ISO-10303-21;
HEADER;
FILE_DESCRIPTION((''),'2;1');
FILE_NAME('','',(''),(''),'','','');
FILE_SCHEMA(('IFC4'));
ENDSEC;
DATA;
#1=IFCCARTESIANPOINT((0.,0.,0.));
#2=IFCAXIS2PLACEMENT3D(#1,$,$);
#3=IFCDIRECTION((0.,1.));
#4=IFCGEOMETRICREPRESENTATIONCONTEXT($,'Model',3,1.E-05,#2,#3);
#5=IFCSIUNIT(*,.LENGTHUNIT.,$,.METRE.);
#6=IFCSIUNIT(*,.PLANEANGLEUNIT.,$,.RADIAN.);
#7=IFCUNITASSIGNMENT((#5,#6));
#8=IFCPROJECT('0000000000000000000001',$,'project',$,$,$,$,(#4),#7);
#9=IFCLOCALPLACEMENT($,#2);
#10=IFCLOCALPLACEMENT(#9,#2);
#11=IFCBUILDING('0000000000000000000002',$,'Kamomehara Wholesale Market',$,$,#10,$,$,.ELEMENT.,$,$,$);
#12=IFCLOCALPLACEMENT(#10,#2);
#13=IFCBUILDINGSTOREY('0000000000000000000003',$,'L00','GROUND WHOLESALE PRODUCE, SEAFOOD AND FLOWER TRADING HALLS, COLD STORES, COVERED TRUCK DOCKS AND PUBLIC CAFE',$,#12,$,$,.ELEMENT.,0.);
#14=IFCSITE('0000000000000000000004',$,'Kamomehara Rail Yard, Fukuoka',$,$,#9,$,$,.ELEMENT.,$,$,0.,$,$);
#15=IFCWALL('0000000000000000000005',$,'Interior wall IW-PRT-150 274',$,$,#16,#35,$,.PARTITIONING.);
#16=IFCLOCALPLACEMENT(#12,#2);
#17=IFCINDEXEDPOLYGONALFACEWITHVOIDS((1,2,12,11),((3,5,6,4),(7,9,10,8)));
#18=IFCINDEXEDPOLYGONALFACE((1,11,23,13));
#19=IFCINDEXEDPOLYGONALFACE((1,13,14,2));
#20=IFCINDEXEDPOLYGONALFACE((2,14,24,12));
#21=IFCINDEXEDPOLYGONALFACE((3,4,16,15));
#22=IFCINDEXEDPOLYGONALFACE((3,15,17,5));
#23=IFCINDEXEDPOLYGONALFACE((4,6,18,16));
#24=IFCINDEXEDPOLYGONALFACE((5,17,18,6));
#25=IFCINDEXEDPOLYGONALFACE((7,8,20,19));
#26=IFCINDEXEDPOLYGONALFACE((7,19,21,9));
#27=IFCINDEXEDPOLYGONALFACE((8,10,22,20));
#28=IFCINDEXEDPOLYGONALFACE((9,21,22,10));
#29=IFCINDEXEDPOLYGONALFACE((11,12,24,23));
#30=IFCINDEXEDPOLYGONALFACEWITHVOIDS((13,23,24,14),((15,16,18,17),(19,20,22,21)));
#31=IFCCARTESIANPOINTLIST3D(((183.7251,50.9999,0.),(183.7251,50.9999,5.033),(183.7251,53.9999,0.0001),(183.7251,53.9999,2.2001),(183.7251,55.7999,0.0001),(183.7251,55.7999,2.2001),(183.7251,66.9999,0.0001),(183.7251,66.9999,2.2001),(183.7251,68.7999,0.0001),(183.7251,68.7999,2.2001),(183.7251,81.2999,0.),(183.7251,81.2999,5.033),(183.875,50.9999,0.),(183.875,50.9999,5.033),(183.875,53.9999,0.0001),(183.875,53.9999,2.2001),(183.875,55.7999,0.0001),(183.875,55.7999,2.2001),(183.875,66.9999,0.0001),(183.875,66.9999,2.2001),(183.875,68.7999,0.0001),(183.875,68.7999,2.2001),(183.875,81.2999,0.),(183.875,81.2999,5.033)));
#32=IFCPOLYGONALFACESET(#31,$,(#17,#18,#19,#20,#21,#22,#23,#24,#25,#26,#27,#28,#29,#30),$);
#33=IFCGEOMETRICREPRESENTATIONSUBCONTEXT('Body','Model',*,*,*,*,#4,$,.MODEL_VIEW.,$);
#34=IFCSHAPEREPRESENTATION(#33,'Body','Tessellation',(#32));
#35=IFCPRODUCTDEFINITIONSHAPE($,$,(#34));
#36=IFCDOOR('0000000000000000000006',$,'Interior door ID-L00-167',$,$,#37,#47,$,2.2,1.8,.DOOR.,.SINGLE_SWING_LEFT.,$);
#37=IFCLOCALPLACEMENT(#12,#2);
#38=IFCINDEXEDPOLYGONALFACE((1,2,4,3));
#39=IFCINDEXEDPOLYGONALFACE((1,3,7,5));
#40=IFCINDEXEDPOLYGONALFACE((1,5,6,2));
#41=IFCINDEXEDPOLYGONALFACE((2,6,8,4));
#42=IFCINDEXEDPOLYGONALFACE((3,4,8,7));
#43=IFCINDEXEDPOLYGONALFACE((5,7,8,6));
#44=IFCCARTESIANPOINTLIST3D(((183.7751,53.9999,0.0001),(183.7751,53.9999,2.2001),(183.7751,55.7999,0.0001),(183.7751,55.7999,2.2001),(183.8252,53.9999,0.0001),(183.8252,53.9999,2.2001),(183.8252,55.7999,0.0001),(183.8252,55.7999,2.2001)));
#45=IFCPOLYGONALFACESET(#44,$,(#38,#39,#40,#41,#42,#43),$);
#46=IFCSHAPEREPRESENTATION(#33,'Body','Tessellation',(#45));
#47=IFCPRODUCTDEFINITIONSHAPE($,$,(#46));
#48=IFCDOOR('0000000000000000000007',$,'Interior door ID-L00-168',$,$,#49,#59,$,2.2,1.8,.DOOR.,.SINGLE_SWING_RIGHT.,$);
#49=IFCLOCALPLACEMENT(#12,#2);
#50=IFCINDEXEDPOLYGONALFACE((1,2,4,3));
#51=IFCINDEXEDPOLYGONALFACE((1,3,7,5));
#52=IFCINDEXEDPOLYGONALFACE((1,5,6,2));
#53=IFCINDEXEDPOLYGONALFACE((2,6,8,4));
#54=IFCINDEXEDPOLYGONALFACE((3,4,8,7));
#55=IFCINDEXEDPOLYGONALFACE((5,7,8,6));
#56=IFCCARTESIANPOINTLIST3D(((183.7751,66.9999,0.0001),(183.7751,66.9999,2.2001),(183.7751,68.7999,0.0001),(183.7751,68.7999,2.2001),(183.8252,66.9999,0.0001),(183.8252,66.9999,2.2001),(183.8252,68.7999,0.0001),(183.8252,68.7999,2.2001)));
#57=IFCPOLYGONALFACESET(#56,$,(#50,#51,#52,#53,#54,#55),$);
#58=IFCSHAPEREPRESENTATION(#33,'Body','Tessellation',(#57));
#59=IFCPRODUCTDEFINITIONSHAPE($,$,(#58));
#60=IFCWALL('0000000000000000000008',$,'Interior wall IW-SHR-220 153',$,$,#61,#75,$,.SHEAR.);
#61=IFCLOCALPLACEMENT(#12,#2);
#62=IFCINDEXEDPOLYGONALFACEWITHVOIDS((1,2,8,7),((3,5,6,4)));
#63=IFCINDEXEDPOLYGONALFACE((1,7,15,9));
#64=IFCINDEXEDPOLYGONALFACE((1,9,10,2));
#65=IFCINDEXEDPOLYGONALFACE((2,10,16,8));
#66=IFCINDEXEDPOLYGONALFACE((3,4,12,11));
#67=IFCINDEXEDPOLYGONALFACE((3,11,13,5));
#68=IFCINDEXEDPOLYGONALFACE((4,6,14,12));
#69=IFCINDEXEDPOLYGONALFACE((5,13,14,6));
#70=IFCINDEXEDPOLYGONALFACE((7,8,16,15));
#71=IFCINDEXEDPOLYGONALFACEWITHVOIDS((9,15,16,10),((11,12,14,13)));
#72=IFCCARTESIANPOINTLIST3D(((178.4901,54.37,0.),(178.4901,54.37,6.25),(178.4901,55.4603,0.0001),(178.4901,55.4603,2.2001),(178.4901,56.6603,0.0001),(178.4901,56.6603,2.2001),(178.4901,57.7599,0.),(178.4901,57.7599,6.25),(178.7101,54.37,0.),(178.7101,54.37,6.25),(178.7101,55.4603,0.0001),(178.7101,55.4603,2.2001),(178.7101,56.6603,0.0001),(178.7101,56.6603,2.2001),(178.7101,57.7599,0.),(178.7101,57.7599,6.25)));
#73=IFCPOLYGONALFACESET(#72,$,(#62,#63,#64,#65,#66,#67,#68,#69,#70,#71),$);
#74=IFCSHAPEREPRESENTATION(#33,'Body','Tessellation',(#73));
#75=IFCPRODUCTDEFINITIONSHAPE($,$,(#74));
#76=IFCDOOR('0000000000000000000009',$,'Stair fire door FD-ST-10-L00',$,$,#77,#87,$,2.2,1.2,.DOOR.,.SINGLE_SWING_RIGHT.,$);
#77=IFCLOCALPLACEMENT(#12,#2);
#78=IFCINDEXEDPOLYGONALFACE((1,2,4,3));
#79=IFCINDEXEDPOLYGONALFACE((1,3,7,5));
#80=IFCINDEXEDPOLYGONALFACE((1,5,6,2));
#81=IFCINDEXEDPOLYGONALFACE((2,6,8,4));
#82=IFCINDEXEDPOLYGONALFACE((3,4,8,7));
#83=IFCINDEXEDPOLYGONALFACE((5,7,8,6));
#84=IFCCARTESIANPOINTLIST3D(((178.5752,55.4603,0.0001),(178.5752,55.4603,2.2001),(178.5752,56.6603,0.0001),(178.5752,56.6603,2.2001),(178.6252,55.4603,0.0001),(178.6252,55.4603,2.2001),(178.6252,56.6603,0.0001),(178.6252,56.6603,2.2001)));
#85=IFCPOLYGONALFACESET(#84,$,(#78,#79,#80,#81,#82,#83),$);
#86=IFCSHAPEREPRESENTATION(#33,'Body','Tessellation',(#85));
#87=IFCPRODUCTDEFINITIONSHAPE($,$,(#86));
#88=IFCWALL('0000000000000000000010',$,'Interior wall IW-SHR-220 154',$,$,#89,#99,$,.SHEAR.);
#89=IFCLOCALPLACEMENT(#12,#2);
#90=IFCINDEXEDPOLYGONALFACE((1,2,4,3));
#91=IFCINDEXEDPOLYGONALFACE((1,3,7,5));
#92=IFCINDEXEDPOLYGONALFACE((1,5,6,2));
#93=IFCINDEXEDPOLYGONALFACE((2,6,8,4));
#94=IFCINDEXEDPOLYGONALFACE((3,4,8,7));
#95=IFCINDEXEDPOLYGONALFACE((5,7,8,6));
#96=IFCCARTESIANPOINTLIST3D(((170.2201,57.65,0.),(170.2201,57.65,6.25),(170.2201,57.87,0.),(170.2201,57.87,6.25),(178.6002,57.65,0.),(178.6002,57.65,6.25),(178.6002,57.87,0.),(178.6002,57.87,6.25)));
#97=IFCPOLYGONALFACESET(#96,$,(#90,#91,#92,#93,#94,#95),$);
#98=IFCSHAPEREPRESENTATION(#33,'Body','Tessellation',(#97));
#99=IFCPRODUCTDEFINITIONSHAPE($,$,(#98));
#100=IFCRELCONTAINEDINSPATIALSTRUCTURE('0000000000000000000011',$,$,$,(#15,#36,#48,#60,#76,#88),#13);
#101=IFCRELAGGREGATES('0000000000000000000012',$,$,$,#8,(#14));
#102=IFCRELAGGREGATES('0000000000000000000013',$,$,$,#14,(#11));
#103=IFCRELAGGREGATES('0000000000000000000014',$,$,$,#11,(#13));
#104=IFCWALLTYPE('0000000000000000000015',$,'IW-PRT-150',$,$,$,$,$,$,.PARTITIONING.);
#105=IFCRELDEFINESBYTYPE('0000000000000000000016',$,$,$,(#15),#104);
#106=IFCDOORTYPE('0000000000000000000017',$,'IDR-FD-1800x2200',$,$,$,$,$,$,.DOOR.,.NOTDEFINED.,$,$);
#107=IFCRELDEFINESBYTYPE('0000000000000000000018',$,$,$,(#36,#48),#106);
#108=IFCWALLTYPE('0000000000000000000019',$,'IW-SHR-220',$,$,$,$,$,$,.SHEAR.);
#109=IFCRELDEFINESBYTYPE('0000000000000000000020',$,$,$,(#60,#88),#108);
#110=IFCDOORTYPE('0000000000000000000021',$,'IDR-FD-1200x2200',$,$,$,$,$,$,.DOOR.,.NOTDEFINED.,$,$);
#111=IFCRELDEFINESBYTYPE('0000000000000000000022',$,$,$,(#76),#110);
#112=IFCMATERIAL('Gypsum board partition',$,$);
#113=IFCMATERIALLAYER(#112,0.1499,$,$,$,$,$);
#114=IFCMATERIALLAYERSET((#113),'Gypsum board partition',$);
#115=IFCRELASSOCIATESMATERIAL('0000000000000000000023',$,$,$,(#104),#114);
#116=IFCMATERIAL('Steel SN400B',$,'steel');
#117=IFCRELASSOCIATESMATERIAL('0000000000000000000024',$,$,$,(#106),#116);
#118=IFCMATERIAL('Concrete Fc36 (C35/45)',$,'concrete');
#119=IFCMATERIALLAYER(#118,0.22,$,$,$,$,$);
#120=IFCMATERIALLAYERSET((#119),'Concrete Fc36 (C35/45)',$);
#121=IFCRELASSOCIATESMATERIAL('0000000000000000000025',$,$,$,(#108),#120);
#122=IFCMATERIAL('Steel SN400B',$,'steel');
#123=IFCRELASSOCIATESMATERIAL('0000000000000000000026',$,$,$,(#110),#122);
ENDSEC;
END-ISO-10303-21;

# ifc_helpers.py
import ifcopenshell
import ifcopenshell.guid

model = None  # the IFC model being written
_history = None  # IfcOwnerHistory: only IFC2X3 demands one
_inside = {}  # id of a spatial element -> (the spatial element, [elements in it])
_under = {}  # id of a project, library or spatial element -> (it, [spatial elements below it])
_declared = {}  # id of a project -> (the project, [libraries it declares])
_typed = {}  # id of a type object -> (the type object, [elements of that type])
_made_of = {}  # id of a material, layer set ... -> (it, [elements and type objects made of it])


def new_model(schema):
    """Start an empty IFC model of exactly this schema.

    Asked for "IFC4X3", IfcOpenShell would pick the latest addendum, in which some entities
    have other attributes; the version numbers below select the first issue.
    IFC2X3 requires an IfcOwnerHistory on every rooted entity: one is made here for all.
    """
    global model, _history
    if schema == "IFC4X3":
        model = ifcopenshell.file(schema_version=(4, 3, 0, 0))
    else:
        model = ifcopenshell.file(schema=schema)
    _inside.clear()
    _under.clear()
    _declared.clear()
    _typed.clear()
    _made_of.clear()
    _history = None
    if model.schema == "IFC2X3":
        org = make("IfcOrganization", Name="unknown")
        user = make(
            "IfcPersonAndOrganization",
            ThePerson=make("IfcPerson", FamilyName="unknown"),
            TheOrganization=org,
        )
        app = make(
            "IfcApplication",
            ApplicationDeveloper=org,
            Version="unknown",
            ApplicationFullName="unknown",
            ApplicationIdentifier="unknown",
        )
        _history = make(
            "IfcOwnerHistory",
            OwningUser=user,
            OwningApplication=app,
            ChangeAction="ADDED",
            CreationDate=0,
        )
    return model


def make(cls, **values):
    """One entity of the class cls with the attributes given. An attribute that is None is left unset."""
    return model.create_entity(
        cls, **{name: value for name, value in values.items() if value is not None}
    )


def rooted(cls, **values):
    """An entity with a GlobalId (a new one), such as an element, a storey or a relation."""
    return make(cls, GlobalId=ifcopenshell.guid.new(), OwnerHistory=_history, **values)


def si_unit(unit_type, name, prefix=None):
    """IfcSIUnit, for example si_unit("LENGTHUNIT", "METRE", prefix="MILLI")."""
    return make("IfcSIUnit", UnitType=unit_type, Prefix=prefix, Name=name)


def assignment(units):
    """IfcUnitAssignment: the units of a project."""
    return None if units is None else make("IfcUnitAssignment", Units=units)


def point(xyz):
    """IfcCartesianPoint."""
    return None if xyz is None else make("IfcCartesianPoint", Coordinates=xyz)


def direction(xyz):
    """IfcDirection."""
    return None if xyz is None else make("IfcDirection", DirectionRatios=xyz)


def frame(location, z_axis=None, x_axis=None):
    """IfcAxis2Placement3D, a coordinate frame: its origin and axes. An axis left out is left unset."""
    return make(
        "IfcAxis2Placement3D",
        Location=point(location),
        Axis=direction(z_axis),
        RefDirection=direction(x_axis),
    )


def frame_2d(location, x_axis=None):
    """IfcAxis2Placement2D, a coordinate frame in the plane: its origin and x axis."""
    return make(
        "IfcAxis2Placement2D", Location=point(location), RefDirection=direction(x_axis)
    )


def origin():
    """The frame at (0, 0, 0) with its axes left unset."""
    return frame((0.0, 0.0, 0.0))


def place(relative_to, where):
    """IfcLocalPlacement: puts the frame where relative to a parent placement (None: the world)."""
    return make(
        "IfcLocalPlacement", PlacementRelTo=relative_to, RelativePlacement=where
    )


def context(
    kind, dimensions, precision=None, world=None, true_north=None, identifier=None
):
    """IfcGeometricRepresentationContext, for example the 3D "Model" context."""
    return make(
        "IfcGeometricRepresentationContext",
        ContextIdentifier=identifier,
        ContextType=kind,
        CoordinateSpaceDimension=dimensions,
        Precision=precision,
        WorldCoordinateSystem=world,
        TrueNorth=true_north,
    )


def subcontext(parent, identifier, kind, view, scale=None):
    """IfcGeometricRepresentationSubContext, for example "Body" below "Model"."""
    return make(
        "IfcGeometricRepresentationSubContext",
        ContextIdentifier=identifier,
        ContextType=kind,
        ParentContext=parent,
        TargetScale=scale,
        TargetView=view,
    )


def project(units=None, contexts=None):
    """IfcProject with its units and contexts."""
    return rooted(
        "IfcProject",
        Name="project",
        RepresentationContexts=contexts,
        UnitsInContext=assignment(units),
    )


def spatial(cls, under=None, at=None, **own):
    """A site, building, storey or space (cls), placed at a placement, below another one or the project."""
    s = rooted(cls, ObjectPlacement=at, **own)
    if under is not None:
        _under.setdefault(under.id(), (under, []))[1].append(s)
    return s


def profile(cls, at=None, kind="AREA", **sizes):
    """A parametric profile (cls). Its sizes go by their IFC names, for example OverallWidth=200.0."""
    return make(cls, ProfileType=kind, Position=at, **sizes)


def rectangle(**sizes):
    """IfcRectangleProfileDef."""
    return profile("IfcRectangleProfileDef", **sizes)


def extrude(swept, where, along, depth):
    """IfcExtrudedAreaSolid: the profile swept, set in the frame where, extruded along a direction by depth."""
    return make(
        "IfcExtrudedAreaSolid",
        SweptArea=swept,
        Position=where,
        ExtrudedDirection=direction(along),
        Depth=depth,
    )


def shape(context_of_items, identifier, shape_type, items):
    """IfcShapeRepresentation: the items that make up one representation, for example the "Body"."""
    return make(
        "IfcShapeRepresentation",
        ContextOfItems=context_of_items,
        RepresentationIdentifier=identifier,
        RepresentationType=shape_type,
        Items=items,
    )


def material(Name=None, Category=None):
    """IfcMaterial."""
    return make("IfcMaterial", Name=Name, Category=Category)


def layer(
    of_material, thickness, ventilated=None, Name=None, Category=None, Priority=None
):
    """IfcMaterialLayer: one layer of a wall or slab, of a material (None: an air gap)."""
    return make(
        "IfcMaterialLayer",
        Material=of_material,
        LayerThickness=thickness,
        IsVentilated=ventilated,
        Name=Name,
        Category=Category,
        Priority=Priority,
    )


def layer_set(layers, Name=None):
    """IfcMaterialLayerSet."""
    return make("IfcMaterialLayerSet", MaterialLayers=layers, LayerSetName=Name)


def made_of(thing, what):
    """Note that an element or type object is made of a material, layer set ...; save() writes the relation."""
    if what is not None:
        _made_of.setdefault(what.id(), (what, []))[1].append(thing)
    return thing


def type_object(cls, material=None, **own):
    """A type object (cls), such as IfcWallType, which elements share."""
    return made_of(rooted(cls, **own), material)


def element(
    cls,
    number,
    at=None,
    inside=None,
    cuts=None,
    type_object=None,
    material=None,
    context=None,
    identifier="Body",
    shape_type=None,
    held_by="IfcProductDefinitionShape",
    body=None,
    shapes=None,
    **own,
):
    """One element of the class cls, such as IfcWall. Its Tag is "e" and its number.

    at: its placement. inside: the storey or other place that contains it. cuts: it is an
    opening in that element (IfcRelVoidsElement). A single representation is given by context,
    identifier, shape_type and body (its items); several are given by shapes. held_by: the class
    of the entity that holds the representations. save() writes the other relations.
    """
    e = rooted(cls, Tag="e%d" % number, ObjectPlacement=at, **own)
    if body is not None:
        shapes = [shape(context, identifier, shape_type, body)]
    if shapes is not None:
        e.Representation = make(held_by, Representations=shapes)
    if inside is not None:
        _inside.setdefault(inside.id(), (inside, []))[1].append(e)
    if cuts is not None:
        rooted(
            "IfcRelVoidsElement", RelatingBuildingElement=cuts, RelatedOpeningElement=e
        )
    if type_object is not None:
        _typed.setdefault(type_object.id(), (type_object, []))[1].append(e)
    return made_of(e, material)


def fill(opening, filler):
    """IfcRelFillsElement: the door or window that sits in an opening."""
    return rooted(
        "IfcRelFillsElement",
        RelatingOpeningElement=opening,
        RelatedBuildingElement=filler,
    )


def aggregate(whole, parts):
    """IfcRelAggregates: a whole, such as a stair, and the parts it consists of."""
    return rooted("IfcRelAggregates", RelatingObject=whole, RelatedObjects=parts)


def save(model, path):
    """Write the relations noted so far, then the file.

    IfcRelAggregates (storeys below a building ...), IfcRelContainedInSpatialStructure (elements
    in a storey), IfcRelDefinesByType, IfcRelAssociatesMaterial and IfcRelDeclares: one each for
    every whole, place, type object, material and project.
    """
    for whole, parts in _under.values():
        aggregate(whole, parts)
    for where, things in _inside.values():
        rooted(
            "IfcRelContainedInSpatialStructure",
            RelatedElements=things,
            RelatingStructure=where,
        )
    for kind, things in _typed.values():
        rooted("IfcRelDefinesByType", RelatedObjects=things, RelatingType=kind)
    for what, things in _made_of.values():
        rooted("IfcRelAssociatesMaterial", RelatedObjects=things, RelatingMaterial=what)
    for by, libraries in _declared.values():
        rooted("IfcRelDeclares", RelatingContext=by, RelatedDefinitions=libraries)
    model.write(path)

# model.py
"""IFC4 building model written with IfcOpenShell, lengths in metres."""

from ifc_helpers import new_model, si_unit, direction, frame, frame_2d, origin, place, context, subcontext, project, spatial, rectangle, extrude, material, layer, layer_set, type_object, element, fill, save


model = new_model("IFC4")

# Units and contexts
model_context = context("Model", 3, precision=1e-05, world=origin(), true_north=direction((0.0, 1.0)))
body_context = subcontext(model_context, "Body", "Model", "MODEL_VIEW")
ifc_project = project(units=[si_unit("LENGTHUNIT", "METRE"), si_unit("PLANEANGLEUNIT", "RADIAN")], contexts=[model_context])

# Site, building, storey
site_placement = place(None, origin())
site = spatial("IfcSite", under=ifc_project, at=site_placement, Name="Kamomehara Rail Yard, Fukuoka", CompositionType="ELEMENT", RefElevation=0.0)
building_placement = place(site_placement, origin())
building = spatial("IfcBuilding", under=site, at=building_placement, Name="Kamomehara Wholesale Market", CompositionType="ELEMENT")
storey_placement = place(building_placement, origin())
storey = spatial("IfcBuildingStorey", under=building, at=storey_placement, Name="L00", Description="GROUND WHOLESALE PRODUCE, SEAFOOD AND FLOWER TRADING HALLS, COLD STORES, COVERED TRUCK DOCKS AND PUBLIC CAFE", CompositionType="ELEMENT", Elevation=0.0)

# Shared definitions
ifc_material_1 = material(Name="Gypsum board partition")
ifc_layer_1 = layer(ifc_material_1, 0.1499)
ifc_layer_set_1 = layer_set([ifc_layer_1], Name="Gypsum board partition")
wall_type_1 = type_object("IfcWallType", Name="IW-PRT-150", PredefinedType="PARTITIONING", material=ifc_layer_set_1)

# Wall, openings, doors
wall_1_placement = place(storey_placement, frame((183.8, 51.0, 0.0), z_axis=(0.0, 0.0, 1.0), x_axis=(0.0, 1.0, 0.0)))
wall_1 = element("IfcWall", 1, at=wall_1_placement, inside=storey, type_object=wall_type_1, Name="Interior wall IW-PRT-150 274", PredefinedType="PARTITIONING", context=body_context, shape_type="SweptSolid", body=[
    extrude(rectangle(XDim=30.3, YDim=0.1499, at=frame_2d((15.1499, 0.0))), origin(), (0.0, 0.0, 1.0), 5.033),
])
opening_1_placement = place(wall_1_placement, frame((3.0, 0.0, 0.0)))
opening_1 = element("IfcOpeningElement", 2, at=opening_1_placement, cuts=wall_1, PredefinedType="OPENING", context=body_context, shape_type="SweptSolid", body=[
    extrude(rectangle(XDim=1.8, YDim=2.2, at=frame_2d((0.8999, 1.1001))), frame((0.0, 0.0898, 0.0), z_axis=(0.0, -1.0, 0.0), x_axis=(1.0, 0.0, 0.0)), (0.0, 0.0, 1.0), 0.1797),
])
opening_2_placement = place(wall_1_placement, frame((16.0, 0.0, 0.0)))
opening_2 = element("IfcOpeningElement", 3, at=opening_2_placement, cuts=wall_1, PredefinedType="OPENING", context=body_context, shape_type="SweptSolid", body=[
    extrude(rectangle(XDim=1.8, YDim=2.2, at=frame_2d((0.8999, 1.1001))), frame((0.0, 0.0898, 0.0), z_axis=(0.0, -1.0, 0.0), x_axis=(1.0, 0.0, 0.0)), (0.0, 0.0, 1.0), 0.1797),
])
ifc_material_2 = material(Name="Steel SN400B", Category="steel")
door_type_1 = type_object("IfcDoorType", Name="IDR-FD-1800x2200", OperationType="NOTDEFINED", PredefinedType="DOOR", material=ifc_material_2)
door_1_placement = place(opening_1_placement, origin())
door_1 = element("IfcDoor", 4, at=door_1_placement, inside=storey, type_object=door_type_1, Name="Interior door ID-L00-167", OperationType="SINGLE_SWING_LEFT", OverallHeight=2.2, OverallWidth=1.8, PredefinedType="DOOR", context=body_context, shape_type="SweptSolid", body=[
    extrude(rectangle(XDim=1.8, YDim=2.2, at=frame_2d((0.8999, 1.1001))), frame((0.0, 0.0249, 0.0), z_axis=(0.0, -1.0, 0.0), x_axis=(1.0, 0.0, 0.0)), (0.0, 0.0, 1.0), 0.05),
])
fill(opening_1, door_1)
door_2_placement = place(opening_2_placement, origin())
door_2 = element("IfcDoor", 5, at=door_2_placement, inside=storey, type_object=door_type_1, Name="Interior door ID-L00-168", OperationType="SINGLE_SWING_RIGHT", OverallHeight=2.2, OverallWidth=1.8, PredefinedType="DOOR", context=body_context, shape_type="SweptSolid", body=[
    extrude(rectangle(XDim=1.8, YDim=2.2, at=frame_2d((0.8999, 1.1001))), frame((0.0, 0.0249, 0.0), z_axis=(0.0, -1.0, 0.0), x_axis=(1.0, 0.0, 0.0)), (0.0, 0.0, 1.0), 0.05),
])
fill(opening_2, door_2)

# Wall, opening, door
ifc_material_3 = material(Name="Concrete Fc36 (C35/45)", Category="concrete")
ifc_layer_2 = layer(ifc_material_3, 0.22)
ifc_layer_set_2 = layer_set([ifc_layer_2], Name="Concrete Fc36 (C35/45)")
wall_type_2 = type_object("IfcWallType", Name="IW-SHR-220", PredefinedType="SHEAR", material=ifc_layer_set_2)
wall_2_placement = place(storey_placement, frame((178.6001, 54.3701, 0.0), z_axis=(0.0, 0.0, 1.0), x_axis=(0.0, 1.0, 0.0)))
wall_2 = element("IfcWall", 6, at=wall_2_placement, inside=storey, type_object=wall_type_2, Name="Interior wall IW-SHR-220 153", PredefinedType="SHEAR", context=body_context, shape_type="SweptSolid", body=[
    extrude(rectangle(XDim=3.3899, YDim=0.22, at=frame_2d((1.6948, 0.0))), origin(), (0.0, 0.0, 1.0), 6.25),
])
opening_3_placement = place(wall_2_placement, frame((1.0901, 0.0, 0.0)))
opening_3 = element("IfcOpeningElement", 7, at=opening_3_placement, cuts=wall_2, PredefinedType="OPENING", context=body_context, shape_type="SweptSolid", body=[
    extrude(rectangle(XDim=1.2, YDim=2.2, at=frame_2d((0.6001, 1.1001))), frame((0.0, 0.125, 0.0), z_axis=(0.0, -1.0, 0.0), x_axis=(1.0, 0.0, 0.0)), (0.0, 0.0, 1.0), 0.2498),
])
ifc_material_4 = material(Name="Steel SN400B", Category="steel")
door_type_2 = type_object("IfcDoorType", Name="IDR-FD-1200x2200", OperationType="NOTDEFINED", PredefinedType="DOOR", material=ifc_material_4)
door_3_placement = place(opening_3_placement, origin())
door_3 = element("IfcDoor", 8, at=door_3_placement, inside=storey, type_object=door_type_2, Name="Stair fire door FD-ST-10-L00", OperationType="SINGLE_SWING_RIGHT", OverallHeight=2.2, OverallWidth=1.2, PredefinedType="DOOR", context=body_context, shape_type="SweptSolid", body=[
    extrude(rectangle(XDim=1.2, YDim=2.2, at=frame_2d((0.6001, 1.1001))), frame((0.0, 0.0249, 0.0), z_axis=(0.0, -1.0, 0.0), x_axis=(1.0, 0.0, 0.0)), (0.0, 0.0, 1.0), 0.05),
])
fill(opening_3, door_3)

# Wall
wall_3_placement = place(storey_placement, frame((178.6001, 57.76, 0.0), z_axis=(0.0, 0.0, 1.0), x_axis=(-1.0, 0.0, 0.0)))
element("IfcWall", 9, at=wall_3_placement, inside=storey, type_object=wall_type_2, Name="Interior wall IW-SHR-220 154", PredefinedType="SHEAR", context=body_context, shape_type="SweptSolid", body=[
    extrude(rectangle(XDim=8.3801, YDim=0.22, at=frame_2d((4.1899, 0.0))), origin(), (0.0, 0.0, 1.0), 6.25),
])

save(model, "model.ifc")
